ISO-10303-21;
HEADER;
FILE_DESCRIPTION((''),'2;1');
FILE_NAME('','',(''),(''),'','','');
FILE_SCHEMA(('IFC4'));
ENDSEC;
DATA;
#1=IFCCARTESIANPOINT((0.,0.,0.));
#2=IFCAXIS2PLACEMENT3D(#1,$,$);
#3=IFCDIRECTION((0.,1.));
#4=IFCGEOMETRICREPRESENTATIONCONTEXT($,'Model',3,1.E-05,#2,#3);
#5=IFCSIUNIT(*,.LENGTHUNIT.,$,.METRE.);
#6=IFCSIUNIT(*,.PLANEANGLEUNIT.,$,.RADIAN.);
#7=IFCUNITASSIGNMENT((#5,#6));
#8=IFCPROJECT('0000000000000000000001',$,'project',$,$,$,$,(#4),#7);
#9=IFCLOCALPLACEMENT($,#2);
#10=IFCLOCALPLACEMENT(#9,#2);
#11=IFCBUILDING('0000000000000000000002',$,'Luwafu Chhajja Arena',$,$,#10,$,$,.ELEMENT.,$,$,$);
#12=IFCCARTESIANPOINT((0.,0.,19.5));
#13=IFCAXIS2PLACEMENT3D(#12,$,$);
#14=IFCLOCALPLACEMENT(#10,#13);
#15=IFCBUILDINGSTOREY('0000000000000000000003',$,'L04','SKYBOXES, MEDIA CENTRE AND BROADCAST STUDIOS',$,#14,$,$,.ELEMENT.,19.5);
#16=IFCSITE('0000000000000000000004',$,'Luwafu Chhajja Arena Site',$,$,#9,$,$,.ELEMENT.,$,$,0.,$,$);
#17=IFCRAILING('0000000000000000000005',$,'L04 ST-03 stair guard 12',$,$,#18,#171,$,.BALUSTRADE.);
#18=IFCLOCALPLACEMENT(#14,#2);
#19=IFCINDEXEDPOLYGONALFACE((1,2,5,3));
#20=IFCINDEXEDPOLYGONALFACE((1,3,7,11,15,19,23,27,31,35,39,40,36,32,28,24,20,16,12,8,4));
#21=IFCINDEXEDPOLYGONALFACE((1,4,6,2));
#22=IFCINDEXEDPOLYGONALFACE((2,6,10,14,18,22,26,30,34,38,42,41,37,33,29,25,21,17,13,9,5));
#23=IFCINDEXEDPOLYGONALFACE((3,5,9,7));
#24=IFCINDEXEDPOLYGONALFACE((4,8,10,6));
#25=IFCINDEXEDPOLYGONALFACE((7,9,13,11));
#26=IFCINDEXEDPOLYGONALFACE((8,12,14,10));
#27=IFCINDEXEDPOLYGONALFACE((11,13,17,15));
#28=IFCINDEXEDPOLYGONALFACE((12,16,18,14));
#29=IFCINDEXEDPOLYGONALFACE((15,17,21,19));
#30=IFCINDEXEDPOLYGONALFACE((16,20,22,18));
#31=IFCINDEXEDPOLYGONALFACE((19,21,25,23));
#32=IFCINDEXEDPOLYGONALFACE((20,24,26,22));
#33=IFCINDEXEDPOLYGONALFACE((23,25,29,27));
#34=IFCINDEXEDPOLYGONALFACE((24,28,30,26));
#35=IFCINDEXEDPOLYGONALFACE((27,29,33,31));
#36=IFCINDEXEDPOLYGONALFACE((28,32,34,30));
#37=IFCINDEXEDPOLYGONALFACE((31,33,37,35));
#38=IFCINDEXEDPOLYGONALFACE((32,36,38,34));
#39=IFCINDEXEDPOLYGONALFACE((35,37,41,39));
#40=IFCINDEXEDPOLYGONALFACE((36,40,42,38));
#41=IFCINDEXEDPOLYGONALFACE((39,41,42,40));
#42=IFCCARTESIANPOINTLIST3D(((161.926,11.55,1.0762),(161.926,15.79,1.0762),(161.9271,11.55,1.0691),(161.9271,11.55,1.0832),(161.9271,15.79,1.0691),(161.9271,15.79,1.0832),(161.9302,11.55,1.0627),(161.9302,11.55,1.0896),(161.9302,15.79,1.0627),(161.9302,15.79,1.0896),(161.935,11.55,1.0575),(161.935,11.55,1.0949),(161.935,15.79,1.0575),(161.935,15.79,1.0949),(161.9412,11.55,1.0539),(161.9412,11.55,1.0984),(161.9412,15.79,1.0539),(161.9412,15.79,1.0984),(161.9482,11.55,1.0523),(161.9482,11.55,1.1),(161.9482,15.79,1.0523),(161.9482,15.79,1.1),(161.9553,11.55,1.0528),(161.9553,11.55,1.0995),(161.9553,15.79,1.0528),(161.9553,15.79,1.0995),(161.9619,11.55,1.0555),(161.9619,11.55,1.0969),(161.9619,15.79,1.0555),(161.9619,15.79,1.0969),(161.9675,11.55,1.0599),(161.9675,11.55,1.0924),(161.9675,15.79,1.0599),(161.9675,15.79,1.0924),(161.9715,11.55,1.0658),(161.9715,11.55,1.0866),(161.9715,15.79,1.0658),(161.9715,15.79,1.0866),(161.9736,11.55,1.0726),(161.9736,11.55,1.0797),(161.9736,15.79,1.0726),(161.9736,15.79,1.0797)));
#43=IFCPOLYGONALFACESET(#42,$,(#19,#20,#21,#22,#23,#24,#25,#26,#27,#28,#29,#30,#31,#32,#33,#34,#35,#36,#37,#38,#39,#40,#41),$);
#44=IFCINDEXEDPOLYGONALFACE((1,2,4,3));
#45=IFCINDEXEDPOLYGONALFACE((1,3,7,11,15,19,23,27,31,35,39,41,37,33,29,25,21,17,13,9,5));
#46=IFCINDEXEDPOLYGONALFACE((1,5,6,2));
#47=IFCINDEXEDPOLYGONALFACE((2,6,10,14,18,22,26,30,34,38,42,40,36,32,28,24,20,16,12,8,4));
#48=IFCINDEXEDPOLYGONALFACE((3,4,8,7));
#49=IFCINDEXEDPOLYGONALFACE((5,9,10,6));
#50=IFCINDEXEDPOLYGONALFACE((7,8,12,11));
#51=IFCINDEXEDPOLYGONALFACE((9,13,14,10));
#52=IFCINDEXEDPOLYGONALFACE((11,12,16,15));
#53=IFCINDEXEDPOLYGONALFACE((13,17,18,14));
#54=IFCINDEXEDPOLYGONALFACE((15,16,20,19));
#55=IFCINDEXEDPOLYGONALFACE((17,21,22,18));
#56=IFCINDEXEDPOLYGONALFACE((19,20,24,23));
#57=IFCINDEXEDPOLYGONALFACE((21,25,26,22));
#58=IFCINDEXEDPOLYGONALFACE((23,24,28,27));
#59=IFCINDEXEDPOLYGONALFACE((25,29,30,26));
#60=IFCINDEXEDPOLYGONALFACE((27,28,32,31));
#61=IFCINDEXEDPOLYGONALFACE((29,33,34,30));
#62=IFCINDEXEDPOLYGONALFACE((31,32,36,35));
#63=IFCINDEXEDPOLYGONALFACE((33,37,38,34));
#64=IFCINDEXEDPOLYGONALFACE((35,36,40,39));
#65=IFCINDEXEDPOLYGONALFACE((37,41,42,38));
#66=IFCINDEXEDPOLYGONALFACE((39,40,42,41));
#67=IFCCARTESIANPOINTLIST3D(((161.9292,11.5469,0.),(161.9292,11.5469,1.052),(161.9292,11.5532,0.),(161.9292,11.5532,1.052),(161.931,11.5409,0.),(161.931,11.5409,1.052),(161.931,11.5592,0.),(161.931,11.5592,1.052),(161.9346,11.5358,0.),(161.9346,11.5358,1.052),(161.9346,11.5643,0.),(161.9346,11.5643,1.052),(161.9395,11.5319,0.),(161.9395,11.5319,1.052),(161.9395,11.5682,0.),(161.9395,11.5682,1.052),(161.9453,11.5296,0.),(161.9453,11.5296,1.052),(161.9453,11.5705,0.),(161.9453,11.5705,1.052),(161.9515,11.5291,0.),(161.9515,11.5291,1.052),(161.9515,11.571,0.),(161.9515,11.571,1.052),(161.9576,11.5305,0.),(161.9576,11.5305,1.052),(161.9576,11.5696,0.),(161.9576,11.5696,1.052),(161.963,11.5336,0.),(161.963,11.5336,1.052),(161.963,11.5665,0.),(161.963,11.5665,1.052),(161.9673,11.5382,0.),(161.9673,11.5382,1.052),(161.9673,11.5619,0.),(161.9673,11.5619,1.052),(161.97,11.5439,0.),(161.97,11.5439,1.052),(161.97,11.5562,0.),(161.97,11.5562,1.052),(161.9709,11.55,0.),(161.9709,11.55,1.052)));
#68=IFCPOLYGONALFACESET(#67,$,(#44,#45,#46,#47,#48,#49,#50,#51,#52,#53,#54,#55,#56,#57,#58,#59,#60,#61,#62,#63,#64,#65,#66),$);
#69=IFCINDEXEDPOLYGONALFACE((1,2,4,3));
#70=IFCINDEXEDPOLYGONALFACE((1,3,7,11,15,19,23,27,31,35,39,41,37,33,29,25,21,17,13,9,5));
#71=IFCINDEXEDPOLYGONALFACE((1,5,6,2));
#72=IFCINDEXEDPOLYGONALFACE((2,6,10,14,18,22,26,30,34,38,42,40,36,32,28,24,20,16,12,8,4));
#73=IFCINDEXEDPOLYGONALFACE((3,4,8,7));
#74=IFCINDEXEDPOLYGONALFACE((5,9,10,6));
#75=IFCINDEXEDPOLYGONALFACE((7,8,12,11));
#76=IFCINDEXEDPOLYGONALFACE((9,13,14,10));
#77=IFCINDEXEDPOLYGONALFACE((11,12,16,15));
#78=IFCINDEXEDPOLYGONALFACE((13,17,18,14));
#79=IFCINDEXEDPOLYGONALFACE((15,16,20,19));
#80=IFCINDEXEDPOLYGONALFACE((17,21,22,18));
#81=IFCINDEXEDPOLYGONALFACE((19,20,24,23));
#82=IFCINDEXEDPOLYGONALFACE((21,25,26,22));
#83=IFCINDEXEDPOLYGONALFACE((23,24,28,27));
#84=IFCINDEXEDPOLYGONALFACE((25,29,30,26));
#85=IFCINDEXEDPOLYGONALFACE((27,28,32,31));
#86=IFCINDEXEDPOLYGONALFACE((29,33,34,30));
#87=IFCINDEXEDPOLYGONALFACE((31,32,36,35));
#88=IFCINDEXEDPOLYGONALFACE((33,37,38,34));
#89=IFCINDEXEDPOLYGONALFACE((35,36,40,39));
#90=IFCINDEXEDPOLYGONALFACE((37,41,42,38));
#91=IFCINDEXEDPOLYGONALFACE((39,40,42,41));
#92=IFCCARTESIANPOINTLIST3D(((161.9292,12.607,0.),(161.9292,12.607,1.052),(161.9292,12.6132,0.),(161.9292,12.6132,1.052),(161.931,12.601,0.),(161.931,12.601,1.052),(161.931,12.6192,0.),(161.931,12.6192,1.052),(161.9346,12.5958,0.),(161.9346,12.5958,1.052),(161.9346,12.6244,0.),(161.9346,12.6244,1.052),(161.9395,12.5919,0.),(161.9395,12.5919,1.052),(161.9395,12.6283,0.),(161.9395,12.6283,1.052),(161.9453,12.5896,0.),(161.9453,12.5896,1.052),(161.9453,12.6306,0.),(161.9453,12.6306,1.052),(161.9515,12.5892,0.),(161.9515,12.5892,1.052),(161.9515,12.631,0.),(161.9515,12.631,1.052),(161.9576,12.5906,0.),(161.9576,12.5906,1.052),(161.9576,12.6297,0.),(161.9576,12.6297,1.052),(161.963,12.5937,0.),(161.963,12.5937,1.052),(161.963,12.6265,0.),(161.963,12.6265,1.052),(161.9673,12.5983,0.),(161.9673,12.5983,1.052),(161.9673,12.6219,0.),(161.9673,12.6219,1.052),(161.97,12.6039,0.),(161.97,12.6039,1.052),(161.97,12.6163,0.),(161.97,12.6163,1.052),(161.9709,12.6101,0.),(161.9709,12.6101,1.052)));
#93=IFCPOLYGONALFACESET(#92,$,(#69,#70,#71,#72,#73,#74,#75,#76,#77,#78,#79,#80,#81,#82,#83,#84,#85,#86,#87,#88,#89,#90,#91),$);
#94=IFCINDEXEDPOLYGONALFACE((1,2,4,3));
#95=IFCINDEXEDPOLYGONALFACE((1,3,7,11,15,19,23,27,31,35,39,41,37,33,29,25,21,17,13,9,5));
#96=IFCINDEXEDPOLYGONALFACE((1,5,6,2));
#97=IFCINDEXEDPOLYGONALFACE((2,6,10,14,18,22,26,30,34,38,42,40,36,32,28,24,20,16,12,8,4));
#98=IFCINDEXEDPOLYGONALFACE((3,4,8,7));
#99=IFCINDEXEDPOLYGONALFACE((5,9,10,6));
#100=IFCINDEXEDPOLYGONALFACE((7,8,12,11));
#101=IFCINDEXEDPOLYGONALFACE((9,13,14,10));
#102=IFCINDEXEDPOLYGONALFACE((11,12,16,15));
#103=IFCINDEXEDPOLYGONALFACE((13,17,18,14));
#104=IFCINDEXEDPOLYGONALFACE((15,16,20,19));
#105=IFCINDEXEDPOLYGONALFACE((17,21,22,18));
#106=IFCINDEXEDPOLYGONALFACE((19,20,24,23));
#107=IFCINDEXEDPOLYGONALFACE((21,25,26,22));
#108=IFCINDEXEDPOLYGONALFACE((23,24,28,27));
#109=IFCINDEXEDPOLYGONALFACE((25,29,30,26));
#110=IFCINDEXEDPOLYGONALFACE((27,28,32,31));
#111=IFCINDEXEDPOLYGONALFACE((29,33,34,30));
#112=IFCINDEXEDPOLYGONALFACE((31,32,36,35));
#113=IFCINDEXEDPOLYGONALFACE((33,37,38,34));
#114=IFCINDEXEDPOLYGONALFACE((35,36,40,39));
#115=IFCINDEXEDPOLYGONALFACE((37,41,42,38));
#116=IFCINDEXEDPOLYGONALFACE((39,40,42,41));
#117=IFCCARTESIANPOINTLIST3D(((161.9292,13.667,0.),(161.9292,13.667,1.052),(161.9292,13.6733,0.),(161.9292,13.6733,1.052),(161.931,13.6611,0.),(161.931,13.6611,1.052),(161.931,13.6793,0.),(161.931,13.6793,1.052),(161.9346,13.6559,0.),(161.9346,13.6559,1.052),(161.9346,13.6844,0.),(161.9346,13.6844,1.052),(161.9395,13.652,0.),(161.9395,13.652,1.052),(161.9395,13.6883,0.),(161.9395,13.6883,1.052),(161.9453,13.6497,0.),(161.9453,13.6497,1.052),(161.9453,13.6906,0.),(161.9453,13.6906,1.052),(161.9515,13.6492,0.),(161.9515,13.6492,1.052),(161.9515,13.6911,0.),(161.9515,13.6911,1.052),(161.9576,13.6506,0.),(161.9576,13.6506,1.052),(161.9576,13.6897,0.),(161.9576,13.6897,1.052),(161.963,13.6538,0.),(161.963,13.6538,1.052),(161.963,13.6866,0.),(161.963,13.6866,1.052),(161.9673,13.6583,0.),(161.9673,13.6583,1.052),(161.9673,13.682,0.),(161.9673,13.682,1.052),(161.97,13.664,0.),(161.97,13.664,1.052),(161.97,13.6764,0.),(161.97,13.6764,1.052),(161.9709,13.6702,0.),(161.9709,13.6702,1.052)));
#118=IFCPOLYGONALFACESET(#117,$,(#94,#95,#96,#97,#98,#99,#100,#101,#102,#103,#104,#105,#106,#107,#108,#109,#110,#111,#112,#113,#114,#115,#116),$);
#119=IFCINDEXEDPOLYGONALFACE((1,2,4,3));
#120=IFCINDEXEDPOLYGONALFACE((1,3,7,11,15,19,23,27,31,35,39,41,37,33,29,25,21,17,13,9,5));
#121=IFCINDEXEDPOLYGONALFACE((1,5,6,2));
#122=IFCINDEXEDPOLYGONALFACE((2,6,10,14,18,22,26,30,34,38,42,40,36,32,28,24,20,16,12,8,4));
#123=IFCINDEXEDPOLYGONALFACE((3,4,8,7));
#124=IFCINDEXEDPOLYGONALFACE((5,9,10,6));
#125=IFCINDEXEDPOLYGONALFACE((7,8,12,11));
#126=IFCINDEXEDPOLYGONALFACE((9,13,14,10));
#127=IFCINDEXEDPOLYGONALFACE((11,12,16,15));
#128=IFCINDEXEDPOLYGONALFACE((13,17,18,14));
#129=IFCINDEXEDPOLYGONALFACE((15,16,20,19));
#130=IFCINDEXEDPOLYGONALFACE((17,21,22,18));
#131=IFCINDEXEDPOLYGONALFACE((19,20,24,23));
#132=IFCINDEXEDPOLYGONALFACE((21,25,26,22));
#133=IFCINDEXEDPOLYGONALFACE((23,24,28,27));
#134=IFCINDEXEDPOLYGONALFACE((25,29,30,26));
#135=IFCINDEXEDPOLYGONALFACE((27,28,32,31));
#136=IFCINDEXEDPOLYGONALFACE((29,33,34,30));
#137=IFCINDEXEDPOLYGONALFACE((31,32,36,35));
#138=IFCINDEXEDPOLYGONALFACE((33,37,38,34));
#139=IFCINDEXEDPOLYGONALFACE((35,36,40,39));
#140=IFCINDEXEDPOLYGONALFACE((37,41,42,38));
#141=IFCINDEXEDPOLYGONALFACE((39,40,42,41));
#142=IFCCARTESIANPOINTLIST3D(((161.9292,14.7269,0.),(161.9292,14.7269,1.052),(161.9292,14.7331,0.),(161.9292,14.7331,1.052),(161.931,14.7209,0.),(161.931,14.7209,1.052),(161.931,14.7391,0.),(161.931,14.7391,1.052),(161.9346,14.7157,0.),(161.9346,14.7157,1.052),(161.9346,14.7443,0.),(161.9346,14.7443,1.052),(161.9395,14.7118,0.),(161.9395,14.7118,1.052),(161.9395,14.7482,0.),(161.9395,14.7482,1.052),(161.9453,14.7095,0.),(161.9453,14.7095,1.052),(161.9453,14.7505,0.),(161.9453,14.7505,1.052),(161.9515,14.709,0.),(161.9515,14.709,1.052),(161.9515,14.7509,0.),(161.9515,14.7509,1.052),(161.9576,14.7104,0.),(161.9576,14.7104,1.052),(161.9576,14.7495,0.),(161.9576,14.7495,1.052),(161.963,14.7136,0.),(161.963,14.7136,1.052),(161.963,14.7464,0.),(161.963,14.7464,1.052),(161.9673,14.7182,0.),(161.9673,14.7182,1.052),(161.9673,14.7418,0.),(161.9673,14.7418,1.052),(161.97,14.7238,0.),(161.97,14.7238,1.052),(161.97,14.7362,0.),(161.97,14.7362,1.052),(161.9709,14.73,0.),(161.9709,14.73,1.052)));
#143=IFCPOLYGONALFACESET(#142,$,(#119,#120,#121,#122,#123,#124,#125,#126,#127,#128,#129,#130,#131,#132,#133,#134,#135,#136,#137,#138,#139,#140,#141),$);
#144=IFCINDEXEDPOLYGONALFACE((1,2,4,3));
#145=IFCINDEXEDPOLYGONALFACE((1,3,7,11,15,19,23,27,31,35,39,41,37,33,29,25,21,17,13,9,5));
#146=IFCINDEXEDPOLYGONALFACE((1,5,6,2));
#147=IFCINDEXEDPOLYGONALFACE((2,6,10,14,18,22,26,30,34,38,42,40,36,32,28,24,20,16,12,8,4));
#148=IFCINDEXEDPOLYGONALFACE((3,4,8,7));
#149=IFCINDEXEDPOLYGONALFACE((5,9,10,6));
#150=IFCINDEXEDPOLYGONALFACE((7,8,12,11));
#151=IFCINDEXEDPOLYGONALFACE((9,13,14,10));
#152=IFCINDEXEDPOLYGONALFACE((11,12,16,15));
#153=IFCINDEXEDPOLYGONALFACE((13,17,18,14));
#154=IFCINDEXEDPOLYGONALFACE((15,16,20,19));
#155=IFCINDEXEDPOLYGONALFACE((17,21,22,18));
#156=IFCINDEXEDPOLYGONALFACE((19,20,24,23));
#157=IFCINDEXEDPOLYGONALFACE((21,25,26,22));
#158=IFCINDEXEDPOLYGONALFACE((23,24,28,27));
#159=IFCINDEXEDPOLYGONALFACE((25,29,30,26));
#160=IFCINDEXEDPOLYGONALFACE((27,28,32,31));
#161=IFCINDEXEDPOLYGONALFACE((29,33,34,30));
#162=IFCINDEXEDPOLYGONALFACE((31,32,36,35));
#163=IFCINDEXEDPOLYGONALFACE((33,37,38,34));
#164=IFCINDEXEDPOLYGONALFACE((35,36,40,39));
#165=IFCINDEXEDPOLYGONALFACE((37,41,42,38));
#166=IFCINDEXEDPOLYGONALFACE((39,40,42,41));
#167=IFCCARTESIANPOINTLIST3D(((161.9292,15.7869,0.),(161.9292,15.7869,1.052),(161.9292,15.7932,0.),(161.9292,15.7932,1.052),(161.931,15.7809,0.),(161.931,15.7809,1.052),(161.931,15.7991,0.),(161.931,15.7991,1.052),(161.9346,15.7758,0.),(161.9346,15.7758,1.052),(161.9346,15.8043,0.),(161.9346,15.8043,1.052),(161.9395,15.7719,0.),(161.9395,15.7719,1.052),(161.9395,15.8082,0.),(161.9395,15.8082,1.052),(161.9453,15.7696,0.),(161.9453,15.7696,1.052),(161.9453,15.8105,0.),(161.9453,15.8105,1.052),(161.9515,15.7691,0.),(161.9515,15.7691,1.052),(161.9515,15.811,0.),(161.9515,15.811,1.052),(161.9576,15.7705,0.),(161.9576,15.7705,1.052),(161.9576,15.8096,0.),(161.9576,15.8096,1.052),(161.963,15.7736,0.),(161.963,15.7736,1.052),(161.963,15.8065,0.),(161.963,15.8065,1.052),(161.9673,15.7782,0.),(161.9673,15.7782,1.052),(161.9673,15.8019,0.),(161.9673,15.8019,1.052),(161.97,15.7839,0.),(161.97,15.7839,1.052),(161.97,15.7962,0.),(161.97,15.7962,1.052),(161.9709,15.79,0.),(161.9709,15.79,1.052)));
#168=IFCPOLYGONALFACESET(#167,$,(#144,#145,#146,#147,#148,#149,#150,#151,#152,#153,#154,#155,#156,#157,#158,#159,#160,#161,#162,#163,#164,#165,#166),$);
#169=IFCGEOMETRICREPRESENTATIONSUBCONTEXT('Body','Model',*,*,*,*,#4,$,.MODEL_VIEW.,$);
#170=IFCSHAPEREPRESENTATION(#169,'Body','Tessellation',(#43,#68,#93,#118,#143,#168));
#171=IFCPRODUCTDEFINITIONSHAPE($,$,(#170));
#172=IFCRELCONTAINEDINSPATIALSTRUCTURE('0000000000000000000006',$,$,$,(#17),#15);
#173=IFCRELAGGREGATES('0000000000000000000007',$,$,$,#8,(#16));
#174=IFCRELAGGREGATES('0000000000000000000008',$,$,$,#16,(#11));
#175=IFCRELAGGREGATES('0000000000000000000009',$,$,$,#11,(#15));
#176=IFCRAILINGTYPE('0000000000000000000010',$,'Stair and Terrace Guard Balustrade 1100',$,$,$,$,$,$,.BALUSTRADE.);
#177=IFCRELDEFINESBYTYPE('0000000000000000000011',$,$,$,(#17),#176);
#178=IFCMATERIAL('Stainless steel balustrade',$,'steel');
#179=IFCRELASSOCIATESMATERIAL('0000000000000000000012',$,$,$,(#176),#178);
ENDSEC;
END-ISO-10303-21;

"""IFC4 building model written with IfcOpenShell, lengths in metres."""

from ifc_helpers import new_model, si_unit, direction, frame, origin, origin_2d, place, context, subcontext, project, spatial, circle, extrude, material, type_object, element, save


model = new_model("IFC4")

# Units and contexts
model_context = context("Model", 3, precision=1e-05, world=origin(), true_north=direction((0.0, 1.0)))
body_context = subcontext(model_context, "Body", "Model", "MODEL_VIEW")
ifc_project = project(units=[si_unit("LENGTHUNIT", "METRE"), si_unit("PLANEANGLEUNIT", "RADIAN")], contexts=[model_context])

# Site, building, storey
site_placement = place(None, origin())
site = spatial("IfcSite", under=ifc_project, at=site_placement, Name="Luwafu Chhajja Arena Site", CompositionType="ELEMENT", RefElevation=0.0)
building_placement = place(site_placement, origin())
building = spatial("IfcBuilding", under=site, at=building_placement, Name="Luwafu Chhajja Arena", CompositionType="ELEMENT")
storey_placement = place(building_placement, frame((0.0, 0.0, 19.5)))
storey = spatial("IfcBuildingStorey", under=building, at=storey_placement, Name="L04", Description="SKYBOXES, MEDIA CENTRE AND BROADCAST STUDIOS", CompositionType="ELEMENT", Elevation=19.5)

# Railing
ifc_material_1 = material(Name="Stainless steel balustrade", Category="steel")
railing_type_1 = type_object("IfcRailingType", Name="Stair and Terrace Guard Balustrade 1100", PredefinedType="BALUSTRADE", material=ifc_material_1)
railing_1_placement = place(storey_placement, frame((161.95, 11.55, 0.0)))
element("IfcRailing", 1, at=railing_1_placement, inside=storey, type_object=railing_type_1, Name="L04 ST-03 stair guard 12", PredefinedType="BALUSTRADE", context=body_context, shape_type="SweptSolid", body=[
    extrude(circle(Radius=0.0239, at=origin_2d()), frame((0.0, 0.0, 1.0762), z_axis=(0.0, 1.0, 0.0), x_axis=(-1.0, 0.0, 0.0)), (0.0, 0.0, 1.0), 4.24),
    extrude(circle(Radius=0.021, at=origin_2d()), origin(), (0.0, 0.0, 1.0), 1.052),
    extrude(circle(Radius=0.021, at=origin_2d()), frame((0.0, 1.0601, 0.0)), (0.0, 0.0, 1.0), 1.052),
    extrude(circle(Radius=0.021, at=origin_2d()), frame((0.0, 2.1201, 0.0)), (0.0, 0.0, 1.0), 1.052),
    extrude(circle(Radius=0.021, at=origin_2d()), frame((0.0, 3.1799, 0.0)), (0.0, 0.0, 1.0), 1.052),
    extrude(circle(Radius=0.021, at=origin_2d()), frame((0.0, 4.24, 0.0)), (0.0, 0.0, 1.0), 1.052),
])

save(model, "model.ifc")
